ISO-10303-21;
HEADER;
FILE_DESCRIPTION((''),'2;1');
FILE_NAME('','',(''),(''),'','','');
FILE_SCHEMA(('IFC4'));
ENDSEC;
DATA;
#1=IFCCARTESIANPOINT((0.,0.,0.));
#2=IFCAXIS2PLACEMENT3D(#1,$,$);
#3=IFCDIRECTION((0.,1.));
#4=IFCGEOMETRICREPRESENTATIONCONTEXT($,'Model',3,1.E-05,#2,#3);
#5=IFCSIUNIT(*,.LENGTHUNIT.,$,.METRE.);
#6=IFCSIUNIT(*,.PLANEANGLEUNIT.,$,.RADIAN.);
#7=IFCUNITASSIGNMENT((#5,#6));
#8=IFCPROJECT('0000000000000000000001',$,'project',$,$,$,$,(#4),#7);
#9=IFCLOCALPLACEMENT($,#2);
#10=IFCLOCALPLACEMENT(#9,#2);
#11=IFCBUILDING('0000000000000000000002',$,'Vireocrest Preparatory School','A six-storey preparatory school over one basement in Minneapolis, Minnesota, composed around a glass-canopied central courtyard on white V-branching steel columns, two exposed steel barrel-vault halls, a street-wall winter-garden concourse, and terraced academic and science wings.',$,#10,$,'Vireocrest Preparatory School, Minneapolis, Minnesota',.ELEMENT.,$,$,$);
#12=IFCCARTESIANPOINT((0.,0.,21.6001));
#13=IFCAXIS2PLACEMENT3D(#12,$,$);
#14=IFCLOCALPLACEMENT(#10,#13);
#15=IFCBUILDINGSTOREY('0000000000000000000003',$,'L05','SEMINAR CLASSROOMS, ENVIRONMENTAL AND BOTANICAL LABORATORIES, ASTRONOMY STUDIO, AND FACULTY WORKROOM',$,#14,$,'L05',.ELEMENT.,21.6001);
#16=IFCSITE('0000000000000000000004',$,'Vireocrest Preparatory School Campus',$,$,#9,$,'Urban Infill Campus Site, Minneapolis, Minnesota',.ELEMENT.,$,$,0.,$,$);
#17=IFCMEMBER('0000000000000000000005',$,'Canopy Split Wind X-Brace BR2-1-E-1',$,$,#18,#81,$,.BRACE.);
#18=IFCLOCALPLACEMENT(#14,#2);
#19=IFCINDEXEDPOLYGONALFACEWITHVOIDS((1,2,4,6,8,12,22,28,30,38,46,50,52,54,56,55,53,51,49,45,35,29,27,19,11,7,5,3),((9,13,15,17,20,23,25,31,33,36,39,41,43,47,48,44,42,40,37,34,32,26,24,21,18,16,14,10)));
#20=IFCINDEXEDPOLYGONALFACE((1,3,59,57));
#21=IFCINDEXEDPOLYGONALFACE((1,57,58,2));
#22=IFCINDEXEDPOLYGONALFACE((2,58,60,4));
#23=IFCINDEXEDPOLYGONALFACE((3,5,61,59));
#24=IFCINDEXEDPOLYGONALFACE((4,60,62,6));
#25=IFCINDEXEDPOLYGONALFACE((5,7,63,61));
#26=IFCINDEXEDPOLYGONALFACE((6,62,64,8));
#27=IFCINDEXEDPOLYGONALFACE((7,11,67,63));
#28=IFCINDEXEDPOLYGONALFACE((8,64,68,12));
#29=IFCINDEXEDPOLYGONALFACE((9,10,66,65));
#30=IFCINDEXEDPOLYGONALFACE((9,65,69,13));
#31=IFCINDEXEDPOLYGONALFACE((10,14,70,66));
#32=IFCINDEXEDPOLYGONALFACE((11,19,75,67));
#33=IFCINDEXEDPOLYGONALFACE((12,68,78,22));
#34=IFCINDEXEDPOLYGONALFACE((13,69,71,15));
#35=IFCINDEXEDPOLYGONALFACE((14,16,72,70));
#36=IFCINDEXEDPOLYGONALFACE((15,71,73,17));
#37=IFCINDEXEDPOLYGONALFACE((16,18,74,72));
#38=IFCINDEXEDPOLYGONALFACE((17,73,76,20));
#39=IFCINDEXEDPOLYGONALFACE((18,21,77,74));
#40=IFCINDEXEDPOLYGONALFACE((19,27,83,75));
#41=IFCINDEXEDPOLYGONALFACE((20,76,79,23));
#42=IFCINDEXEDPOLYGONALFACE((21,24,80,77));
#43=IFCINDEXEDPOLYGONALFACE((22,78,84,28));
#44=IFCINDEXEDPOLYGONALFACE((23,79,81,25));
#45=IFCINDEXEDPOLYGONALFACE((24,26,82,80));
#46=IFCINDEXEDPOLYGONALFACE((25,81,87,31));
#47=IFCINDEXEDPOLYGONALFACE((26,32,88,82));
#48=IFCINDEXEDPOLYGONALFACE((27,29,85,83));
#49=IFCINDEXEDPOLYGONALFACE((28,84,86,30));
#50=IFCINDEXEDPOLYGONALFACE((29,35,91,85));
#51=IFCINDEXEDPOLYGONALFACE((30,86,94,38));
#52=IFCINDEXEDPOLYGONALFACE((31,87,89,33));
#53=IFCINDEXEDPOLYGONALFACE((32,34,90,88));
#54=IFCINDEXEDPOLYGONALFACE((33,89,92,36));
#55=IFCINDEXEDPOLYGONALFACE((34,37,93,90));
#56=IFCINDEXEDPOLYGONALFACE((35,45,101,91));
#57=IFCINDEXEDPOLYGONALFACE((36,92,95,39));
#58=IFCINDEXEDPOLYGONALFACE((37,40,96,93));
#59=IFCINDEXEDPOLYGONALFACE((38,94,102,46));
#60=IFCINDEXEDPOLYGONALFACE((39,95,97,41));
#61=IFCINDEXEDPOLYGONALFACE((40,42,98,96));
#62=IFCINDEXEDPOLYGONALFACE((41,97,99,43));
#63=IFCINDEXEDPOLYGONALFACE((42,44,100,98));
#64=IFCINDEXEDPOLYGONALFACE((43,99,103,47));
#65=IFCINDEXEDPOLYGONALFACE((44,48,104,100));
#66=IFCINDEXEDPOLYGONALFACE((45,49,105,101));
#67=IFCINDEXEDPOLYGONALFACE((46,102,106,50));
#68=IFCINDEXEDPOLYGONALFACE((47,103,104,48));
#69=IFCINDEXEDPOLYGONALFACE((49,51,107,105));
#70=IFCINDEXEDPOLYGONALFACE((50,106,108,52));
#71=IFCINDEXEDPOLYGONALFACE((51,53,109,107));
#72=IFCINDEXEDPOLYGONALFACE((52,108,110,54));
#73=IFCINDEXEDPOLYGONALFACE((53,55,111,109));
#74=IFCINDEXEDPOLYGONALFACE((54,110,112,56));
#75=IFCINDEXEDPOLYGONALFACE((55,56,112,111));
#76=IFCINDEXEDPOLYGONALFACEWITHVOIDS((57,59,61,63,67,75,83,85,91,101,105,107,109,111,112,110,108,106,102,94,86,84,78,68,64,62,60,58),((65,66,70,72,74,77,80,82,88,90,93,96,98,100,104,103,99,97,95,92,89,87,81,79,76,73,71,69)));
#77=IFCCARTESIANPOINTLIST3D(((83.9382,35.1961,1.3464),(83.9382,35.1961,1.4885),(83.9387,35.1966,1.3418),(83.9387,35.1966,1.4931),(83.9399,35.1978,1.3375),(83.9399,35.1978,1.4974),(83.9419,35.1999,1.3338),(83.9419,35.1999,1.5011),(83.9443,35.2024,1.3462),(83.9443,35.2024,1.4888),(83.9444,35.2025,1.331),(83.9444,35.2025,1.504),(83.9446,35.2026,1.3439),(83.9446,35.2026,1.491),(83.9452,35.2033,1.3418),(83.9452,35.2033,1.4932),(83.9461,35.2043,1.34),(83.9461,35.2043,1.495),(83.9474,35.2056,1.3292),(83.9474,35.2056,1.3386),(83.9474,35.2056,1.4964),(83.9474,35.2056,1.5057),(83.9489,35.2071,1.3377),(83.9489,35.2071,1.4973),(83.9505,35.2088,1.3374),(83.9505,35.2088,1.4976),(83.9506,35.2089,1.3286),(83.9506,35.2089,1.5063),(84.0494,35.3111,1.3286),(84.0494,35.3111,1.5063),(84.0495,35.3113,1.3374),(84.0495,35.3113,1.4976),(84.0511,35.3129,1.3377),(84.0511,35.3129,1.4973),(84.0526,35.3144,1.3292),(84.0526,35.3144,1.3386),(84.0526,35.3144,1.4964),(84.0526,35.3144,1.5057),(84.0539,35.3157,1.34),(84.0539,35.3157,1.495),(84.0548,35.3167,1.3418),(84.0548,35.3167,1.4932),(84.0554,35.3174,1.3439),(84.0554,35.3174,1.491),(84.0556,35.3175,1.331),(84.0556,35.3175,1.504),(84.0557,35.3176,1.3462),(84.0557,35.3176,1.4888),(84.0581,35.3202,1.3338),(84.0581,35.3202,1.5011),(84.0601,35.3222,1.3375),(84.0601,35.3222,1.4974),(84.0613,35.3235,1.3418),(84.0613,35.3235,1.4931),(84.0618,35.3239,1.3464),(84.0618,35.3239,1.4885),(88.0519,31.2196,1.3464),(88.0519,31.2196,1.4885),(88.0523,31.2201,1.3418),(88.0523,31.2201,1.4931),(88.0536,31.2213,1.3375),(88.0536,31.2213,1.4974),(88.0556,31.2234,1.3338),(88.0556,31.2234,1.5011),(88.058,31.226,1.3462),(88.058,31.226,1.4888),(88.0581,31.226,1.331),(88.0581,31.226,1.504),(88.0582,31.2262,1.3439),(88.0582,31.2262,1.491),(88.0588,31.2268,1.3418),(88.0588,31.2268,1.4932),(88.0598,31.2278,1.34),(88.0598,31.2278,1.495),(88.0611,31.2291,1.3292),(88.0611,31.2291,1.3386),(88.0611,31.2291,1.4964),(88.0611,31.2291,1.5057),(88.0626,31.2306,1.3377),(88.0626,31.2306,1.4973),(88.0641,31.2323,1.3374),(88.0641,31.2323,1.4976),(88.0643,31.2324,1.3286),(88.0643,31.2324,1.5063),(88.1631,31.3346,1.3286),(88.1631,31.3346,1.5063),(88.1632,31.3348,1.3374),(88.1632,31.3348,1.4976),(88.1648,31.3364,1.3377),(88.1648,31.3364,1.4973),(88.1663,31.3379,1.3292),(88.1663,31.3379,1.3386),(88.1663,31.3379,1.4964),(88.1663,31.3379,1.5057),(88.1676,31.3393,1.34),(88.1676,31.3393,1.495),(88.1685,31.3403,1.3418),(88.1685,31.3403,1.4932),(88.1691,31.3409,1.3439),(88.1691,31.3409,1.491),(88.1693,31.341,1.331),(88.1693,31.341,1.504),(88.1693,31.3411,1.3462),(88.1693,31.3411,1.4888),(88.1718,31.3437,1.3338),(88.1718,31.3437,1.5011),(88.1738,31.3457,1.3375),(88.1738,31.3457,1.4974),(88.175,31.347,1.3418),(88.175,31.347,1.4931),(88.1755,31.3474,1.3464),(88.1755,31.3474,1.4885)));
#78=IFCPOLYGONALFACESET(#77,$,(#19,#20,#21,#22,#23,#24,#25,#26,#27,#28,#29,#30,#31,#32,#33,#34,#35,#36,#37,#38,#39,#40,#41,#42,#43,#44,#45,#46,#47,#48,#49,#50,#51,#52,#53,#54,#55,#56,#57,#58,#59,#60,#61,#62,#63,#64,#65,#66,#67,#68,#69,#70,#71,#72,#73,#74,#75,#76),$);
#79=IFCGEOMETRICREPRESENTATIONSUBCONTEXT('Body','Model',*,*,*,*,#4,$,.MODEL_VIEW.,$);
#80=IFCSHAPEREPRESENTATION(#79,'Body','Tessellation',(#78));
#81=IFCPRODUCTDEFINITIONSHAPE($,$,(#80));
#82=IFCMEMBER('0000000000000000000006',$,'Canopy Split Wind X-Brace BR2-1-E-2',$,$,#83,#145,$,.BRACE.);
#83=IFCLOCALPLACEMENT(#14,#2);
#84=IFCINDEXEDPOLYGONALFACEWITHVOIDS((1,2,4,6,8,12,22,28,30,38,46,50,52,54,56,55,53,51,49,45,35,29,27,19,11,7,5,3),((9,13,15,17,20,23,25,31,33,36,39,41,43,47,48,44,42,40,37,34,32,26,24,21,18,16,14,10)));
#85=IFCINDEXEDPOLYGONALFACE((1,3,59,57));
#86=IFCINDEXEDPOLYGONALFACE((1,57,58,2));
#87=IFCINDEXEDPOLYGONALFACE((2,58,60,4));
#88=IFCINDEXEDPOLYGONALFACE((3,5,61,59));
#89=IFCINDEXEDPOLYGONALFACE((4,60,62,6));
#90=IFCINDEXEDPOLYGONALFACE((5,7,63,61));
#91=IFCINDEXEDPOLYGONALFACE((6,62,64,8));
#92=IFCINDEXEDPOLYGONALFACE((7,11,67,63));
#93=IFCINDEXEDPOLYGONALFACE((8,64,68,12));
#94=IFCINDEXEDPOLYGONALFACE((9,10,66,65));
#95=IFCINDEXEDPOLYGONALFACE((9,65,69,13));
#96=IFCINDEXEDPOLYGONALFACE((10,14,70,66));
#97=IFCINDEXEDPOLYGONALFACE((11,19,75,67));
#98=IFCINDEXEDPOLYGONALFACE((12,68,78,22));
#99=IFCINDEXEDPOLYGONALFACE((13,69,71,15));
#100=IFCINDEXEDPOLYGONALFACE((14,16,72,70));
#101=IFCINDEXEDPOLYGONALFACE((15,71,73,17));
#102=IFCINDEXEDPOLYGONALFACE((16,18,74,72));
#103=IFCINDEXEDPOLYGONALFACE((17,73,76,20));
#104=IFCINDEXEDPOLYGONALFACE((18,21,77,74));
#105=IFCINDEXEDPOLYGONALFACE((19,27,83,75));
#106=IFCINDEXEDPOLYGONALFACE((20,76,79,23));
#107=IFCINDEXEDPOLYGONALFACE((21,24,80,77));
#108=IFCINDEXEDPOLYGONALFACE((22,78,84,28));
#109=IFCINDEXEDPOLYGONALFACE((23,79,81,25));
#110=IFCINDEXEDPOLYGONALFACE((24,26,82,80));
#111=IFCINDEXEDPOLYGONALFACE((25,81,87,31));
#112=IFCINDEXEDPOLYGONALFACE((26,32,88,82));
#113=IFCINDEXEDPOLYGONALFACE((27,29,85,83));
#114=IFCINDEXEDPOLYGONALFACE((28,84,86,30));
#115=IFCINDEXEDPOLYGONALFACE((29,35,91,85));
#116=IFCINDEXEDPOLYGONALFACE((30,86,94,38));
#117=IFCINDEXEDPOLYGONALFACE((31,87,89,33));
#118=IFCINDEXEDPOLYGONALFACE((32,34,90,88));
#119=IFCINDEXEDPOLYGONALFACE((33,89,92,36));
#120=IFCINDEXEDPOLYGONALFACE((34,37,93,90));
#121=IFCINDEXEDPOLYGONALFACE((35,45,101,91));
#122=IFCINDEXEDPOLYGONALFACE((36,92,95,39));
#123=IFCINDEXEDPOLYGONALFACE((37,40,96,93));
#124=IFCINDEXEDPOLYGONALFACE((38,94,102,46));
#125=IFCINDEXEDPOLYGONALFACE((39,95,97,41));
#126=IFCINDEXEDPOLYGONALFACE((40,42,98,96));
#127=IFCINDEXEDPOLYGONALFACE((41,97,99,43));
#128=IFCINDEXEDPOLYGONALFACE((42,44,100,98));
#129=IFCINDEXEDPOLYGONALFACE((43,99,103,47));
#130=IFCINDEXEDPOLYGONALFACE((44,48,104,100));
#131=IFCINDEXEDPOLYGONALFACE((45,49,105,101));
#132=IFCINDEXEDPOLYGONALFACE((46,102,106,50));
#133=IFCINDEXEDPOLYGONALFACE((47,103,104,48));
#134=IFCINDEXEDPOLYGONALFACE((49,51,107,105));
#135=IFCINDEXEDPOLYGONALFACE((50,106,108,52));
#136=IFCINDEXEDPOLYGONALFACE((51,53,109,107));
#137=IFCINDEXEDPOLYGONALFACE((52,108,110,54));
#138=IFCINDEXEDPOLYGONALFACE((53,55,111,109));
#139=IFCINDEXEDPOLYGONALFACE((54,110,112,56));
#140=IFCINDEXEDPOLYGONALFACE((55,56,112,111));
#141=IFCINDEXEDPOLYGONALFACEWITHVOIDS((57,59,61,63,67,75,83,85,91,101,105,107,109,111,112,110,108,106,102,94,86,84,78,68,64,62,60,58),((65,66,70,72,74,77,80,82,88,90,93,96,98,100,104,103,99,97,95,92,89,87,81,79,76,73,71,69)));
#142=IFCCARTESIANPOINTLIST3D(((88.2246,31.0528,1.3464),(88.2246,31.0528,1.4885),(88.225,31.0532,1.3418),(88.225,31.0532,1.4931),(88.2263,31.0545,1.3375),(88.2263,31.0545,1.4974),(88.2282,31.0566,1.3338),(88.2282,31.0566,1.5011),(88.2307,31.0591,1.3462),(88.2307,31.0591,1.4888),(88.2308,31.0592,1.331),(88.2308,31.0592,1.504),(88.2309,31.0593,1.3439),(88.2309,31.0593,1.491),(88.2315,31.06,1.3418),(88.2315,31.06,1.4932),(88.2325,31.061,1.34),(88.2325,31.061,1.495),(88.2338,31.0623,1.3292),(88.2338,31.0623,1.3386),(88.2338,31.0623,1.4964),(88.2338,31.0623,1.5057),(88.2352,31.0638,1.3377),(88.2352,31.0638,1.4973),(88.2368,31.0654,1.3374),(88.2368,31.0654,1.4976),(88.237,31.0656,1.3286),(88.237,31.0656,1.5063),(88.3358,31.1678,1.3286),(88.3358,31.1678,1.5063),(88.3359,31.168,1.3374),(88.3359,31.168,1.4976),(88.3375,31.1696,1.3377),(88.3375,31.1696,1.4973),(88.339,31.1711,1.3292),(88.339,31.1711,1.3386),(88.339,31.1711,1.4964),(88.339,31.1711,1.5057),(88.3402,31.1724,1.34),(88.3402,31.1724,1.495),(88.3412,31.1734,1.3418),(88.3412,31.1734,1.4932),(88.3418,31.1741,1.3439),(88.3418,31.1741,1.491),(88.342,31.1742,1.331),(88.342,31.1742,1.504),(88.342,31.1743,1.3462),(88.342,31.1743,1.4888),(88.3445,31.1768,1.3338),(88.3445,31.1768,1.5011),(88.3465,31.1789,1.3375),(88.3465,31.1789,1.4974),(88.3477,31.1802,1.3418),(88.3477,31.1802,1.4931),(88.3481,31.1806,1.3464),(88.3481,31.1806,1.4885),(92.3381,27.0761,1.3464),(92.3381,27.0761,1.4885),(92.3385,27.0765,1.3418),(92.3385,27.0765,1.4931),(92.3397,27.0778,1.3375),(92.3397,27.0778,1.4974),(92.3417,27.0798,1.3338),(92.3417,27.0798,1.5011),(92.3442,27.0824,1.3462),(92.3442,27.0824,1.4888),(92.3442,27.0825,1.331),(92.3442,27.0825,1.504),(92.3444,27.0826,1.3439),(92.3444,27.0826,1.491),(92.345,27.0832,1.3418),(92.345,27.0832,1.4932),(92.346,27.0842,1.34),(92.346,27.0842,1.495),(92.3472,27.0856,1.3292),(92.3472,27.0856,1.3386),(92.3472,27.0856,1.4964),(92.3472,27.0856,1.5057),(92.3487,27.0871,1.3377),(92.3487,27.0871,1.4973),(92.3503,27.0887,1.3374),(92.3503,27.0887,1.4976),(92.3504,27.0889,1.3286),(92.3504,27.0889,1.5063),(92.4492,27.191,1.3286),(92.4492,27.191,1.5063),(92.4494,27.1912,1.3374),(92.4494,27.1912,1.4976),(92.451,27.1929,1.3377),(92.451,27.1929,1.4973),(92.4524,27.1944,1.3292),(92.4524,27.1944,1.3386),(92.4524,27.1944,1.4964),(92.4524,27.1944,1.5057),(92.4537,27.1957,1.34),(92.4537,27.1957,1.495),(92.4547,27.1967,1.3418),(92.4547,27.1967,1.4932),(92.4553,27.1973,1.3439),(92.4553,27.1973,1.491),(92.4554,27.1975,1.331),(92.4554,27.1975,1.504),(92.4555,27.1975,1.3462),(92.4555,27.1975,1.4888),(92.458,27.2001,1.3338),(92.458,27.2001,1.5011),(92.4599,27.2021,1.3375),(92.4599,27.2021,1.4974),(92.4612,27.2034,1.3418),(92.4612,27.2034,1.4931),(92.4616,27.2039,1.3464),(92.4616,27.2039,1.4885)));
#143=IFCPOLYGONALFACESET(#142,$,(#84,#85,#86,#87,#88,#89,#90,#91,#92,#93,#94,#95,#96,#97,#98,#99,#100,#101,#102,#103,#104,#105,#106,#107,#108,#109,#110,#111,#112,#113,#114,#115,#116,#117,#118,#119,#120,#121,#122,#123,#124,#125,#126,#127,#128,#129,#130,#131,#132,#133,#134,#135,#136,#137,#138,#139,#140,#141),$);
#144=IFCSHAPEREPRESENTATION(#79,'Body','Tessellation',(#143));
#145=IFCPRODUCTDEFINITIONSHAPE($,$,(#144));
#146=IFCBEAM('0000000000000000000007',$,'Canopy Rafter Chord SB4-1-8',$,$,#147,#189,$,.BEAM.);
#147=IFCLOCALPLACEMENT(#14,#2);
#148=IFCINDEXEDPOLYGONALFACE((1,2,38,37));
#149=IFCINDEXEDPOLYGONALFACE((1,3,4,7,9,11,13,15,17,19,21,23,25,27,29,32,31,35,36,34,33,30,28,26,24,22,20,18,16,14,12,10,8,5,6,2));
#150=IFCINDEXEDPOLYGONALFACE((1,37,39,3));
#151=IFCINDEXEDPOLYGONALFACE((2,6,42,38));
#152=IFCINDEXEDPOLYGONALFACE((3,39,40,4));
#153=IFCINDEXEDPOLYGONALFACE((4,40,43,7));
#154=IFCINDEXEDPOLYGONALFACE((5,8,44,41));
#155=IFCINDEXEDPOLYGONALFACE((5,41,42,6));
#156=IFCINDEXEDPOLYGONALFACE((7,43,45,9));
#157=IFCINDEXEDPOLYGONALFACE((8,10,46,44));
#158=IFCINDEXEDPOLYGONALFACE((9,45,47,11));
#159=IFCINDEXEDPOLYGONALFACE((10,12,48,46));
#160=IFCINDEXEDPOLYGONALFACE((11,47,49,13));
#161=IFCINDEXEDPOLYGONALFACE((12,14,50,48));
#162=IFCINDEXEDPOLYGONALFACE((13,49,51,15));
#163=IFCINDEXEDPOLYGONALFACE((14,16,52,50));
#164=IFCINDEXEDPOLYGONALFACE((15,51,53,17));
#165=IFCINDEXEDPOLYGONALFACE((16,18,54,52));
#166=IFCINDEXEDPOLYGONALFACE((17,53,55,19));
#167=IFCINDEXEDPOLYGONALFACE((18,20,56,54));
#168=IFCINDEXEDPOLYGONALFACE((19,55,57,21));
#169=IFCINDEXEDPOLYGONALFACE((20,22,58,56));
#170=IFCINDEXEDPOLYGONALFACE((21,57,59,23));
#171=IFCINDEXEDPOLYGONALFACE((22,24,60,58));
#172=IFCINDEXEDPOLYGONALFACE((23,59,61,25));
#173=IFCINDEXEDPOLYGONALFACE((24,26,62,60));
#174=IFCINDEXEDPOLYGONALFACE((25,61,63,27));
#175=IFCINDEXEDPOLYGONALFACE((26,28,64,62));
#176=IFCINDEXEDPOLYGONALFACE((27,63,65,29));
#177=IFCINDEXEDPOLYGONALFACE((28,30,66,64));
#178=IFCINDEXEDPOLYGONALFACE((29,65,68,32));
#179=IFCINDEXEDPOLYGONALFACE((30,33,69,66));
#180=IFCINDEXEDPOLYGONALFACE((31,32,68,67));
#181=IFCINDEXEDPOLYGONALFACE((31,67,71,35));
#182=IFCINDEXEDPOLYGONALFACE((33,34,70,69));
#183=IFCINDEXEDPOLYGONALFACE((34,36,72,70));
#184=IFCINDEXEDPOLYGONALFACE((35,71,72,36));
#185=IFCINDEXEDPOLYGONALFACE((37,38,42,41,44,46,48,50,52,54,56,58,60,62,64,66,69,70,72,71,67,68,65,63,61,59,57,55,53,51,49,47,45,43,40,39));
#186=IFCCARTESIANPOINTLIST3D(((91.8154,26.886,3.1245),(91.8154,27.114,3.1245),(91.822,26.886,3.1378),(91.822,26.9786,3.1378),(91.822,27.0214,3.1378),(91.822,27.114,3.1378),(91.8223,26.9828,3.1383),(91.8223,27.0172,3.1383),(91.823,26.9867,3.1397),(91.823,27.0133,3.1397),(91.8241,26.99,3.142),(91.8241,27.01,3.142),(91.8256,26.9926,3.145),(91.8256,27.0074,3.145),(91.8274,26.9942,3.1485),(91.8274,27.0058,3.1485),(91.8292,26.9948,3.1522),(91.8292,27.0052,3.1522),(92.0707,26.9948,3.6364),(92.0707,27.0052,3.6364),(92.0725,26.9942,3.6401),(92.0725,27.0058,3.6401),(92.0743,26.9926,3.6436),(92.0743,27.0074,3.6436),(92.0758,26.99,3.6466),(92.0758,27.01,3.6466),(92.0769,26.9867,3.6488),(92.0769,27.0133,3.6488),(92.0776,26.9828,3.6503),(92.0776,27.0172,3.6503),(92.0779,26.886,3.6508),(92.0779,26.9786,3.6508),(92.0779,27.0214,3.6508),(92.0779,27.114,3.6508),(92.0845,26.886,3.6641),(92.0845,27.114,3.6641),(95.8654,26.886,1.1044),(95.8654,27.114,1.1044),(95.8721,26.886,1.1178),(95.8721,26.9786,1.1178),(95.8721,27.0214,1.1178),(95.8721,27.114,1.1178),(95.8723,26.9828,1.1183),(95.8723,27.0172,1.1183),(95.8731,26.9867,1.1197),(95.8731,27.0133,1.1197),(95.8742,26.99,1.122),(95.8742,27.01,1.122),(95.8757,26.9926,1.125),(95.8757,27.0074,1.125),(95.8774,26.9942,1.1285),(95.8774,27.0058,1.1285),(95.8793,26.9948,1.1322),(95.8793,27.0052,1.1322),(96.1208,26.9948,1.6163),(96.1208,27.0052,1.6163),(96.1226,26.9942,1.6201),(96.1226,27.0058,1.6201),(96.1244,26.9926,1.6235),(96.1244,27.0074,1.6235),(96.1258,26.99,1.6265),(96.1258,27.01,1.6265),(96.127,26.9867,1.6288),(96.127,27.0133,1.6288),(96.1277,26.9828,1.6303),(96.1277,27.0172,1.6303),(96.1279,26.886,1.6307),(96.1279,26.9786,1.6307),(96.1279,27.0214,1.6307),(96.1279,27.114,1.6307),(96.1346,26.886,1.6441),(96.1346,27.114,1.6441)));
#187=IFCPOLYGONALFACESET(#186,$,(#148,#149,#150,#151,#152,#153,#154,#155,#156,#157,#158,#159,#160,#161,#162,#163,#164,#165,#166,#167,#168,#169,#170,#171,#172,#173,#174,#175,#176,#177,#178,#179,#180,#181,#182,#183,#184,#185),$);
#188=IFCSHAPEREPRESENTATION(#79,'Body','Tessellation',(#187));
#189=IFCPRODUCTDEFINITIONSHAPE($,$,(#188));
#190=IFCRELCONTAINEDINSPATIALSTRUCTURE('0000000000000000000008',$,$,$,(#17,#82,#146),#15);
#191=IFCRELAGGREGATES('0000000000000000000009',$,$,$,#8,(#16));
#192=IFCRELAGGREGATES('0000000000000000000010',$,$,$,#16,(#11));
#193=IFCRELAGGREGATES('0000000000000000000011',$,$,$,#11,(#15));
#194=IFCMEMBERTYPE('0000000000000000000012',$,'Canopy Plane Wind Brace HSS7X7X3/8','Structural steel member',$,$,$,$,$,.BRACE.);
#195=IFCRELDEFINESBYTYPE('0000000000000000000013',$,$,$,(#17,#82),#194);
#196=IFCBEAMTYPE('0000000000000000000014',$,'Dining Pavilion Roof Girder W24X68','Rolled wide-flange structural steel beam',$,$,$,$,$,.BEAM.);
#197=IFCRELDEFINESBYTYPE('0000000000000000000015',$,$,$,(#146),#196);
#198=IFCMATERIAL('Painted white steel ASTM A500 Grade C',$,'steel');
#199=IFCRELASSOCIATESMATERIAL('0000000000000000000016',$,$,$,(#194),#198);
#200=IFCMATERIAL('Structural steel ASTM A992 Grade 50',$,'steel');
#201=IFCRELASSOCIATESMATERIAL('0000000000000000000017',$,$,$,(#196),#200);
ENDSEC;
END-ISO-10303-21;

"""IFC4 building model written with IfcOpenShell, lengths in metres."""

from ifc_helpers import new_model, si_unit, direction, frame, origin, origin_2d, place, context, subcontext, project, spatial, hollow_rectangle, i_section, extrude, material, material_profile, profile_set, type_object, element, save


model = new_model("IFC4")

# Units and contexts
model_context = context("Model", 3, precision=1e-05, world=origin(), true_north=direction((0.0, 1.0)))
body_context = subcontext(model_context, "Body", "Model", "MODEL_VIEW")
ifc_project = project(units=[si_unit("LENGTHUNIT", "METRE"), si_unit("PLANEANGLEUNIT", "RADIAN")], contexts=[model_context])

# Site, building, storey
site_placement = place(None, origin())
site = spatial("IfcSite", under=ifc_project, at=site_placement, Name="Vireocrest Preparatory School Campus", LongName="Urban Infill Campus Site, Minneapolis, Minnesota", CompositionType="ELEMENT", RefElevation=0.0)
building_placement = place(site_placement, origin())
building = spatial("IfcBuilding", under=site, at=building_placement, Name="Vireocrest Preparatory School", Description="A six-storey preparatory school over one basement in Minneapolis, Minnesota, composed around a glass-canopied central courtyard on white V-branching steel columns, two exposed steel barrel-vault halls, a street-wall winter-garden concourse, and terraced academic and science wings.", LongName="Vireocrest Preparatory School, Minneapolis, Minnesota", CompositionType="ELEMENT")
storey_placement = place(building_placement, frame((0.0, 0.0, 21.6001)))
storey = spatial("IfcBuildingStorey", under=building, at=storey_placement, Name="L05", Description="SEMINAR CLASSROOMS, ENVIRONMENTAL AND BOTANICAL LABORATORIES, ASTRONOMY STUDIO, AND FACULTY WORKROOM", LongName="L05", CompositionType="ELEMENT", Elevation=21.6001)

# Shared definitions
ifc_material_1 = material(Name="Structural steel ASTM A992 Grade 50", Category="steel")

# Members
ifc_material_2 = material(Name="Painted white steel ASTM A500 Grade C", Category="steel")
ifc_material_profile_1 = material_profile(ifc_material_2, hollow_rectangle(XDim=0.1777, YDim=0.1777, WallThickness=0.0088, InnerFilletRadius=0.0088, OuterFilletRadius=0.0178, at=origin_2d()), Name="HSS7X7X3/8")
ifc_profile_set_1 = profile_set([ifc_material_profile_1], Name="Painted white steel ASTM A500 Grade C")
member_type_1 = type_object("IfcMemberType", Name="Canopy Plane Wind Brace HSS7X7X3/8", Description="Structural steel member", PredefinedType="BRACE", material=ifc_profile_set_1)
for number, where, z_axis, x_axis, name in (
    (1, (84.0, 35.26, 1.4175), (0.718995, -0.695015, 0.0), (0.695015, 0.718995, 0.0), "Canopy Split Wind X-Brace BR2-1-E-1"),
    (2, (88.2864, 31.1167, 1.4175), (0.718954, -0.695058, 0.0), (0.695058, 0.718954, 0.0), "Canopy Split Wind X-Brace BR2-1-E-2"),
):
    element("IfcMember", number, at=place(storey_placement, frame(where, z_axis=z_axis, x_axis=x_axis)), inside=storey, type_object=member_type_1, Name=name, PredefinedType="BRACE", context=body_context, shape_type="SweptSolid", body=[
        extrude(hollow_rectangle(XDim=0.1777, YDim=0.1777, WallThickness=0.0088, InnerFilletRadius=0.0088, OuterFilletRadius=0.0178, at=origin_2d()), origin(), (0.0, 0.0, 1.0), 5.7214),
    ])

# Beam
ifc_material_profile_2 = material_profile(ifc_material_1, i_section(OverallWidth=0.228, OverallDepth=0.603, WebThickness=0.0105, FlangeThickness=0.0149, FilletRadius=0.0161, at=origin_2d()), Name="W24X68")
ifc_profile_set_2 = profile_set([ifc_material_profile_2], Name="Structural steel ASTM A992 Grade 50")
beam_type_1 = type_object("IfcBeamType", Name="Dining Pavilion Roof Girder W24X68", Description="Rolled wide-flange structural steel beam", PredefinedType="BEAM", material=ifc_profile_set_2)
beam_placement = place(storey_placement, frame((91.95, 27.0, 3.3943), z_axis=(0.894869, 0.0, -0.446329), x_axis=(0.0, 1.0, 0.0)))
element("IfcBeam", 3, at=beam_placement, inside=storey, type_object=beam_type_1, Name="Canopy Rafter Chord SB4-1-8", PredefinedType="BEAM", context=body_context, shape_type="SweptSolid", body=[
    extrude(i_section(OverallWidth=0.228, OverallDepth=0.603, WebThickness=0.0105, FlangeThickness=0.0149, FilletRadius=0.0161, at=origin_2d()), origin(), (0.0, 0.0, 1.0), 4.5259),
])

save(model, "model.ifc")
